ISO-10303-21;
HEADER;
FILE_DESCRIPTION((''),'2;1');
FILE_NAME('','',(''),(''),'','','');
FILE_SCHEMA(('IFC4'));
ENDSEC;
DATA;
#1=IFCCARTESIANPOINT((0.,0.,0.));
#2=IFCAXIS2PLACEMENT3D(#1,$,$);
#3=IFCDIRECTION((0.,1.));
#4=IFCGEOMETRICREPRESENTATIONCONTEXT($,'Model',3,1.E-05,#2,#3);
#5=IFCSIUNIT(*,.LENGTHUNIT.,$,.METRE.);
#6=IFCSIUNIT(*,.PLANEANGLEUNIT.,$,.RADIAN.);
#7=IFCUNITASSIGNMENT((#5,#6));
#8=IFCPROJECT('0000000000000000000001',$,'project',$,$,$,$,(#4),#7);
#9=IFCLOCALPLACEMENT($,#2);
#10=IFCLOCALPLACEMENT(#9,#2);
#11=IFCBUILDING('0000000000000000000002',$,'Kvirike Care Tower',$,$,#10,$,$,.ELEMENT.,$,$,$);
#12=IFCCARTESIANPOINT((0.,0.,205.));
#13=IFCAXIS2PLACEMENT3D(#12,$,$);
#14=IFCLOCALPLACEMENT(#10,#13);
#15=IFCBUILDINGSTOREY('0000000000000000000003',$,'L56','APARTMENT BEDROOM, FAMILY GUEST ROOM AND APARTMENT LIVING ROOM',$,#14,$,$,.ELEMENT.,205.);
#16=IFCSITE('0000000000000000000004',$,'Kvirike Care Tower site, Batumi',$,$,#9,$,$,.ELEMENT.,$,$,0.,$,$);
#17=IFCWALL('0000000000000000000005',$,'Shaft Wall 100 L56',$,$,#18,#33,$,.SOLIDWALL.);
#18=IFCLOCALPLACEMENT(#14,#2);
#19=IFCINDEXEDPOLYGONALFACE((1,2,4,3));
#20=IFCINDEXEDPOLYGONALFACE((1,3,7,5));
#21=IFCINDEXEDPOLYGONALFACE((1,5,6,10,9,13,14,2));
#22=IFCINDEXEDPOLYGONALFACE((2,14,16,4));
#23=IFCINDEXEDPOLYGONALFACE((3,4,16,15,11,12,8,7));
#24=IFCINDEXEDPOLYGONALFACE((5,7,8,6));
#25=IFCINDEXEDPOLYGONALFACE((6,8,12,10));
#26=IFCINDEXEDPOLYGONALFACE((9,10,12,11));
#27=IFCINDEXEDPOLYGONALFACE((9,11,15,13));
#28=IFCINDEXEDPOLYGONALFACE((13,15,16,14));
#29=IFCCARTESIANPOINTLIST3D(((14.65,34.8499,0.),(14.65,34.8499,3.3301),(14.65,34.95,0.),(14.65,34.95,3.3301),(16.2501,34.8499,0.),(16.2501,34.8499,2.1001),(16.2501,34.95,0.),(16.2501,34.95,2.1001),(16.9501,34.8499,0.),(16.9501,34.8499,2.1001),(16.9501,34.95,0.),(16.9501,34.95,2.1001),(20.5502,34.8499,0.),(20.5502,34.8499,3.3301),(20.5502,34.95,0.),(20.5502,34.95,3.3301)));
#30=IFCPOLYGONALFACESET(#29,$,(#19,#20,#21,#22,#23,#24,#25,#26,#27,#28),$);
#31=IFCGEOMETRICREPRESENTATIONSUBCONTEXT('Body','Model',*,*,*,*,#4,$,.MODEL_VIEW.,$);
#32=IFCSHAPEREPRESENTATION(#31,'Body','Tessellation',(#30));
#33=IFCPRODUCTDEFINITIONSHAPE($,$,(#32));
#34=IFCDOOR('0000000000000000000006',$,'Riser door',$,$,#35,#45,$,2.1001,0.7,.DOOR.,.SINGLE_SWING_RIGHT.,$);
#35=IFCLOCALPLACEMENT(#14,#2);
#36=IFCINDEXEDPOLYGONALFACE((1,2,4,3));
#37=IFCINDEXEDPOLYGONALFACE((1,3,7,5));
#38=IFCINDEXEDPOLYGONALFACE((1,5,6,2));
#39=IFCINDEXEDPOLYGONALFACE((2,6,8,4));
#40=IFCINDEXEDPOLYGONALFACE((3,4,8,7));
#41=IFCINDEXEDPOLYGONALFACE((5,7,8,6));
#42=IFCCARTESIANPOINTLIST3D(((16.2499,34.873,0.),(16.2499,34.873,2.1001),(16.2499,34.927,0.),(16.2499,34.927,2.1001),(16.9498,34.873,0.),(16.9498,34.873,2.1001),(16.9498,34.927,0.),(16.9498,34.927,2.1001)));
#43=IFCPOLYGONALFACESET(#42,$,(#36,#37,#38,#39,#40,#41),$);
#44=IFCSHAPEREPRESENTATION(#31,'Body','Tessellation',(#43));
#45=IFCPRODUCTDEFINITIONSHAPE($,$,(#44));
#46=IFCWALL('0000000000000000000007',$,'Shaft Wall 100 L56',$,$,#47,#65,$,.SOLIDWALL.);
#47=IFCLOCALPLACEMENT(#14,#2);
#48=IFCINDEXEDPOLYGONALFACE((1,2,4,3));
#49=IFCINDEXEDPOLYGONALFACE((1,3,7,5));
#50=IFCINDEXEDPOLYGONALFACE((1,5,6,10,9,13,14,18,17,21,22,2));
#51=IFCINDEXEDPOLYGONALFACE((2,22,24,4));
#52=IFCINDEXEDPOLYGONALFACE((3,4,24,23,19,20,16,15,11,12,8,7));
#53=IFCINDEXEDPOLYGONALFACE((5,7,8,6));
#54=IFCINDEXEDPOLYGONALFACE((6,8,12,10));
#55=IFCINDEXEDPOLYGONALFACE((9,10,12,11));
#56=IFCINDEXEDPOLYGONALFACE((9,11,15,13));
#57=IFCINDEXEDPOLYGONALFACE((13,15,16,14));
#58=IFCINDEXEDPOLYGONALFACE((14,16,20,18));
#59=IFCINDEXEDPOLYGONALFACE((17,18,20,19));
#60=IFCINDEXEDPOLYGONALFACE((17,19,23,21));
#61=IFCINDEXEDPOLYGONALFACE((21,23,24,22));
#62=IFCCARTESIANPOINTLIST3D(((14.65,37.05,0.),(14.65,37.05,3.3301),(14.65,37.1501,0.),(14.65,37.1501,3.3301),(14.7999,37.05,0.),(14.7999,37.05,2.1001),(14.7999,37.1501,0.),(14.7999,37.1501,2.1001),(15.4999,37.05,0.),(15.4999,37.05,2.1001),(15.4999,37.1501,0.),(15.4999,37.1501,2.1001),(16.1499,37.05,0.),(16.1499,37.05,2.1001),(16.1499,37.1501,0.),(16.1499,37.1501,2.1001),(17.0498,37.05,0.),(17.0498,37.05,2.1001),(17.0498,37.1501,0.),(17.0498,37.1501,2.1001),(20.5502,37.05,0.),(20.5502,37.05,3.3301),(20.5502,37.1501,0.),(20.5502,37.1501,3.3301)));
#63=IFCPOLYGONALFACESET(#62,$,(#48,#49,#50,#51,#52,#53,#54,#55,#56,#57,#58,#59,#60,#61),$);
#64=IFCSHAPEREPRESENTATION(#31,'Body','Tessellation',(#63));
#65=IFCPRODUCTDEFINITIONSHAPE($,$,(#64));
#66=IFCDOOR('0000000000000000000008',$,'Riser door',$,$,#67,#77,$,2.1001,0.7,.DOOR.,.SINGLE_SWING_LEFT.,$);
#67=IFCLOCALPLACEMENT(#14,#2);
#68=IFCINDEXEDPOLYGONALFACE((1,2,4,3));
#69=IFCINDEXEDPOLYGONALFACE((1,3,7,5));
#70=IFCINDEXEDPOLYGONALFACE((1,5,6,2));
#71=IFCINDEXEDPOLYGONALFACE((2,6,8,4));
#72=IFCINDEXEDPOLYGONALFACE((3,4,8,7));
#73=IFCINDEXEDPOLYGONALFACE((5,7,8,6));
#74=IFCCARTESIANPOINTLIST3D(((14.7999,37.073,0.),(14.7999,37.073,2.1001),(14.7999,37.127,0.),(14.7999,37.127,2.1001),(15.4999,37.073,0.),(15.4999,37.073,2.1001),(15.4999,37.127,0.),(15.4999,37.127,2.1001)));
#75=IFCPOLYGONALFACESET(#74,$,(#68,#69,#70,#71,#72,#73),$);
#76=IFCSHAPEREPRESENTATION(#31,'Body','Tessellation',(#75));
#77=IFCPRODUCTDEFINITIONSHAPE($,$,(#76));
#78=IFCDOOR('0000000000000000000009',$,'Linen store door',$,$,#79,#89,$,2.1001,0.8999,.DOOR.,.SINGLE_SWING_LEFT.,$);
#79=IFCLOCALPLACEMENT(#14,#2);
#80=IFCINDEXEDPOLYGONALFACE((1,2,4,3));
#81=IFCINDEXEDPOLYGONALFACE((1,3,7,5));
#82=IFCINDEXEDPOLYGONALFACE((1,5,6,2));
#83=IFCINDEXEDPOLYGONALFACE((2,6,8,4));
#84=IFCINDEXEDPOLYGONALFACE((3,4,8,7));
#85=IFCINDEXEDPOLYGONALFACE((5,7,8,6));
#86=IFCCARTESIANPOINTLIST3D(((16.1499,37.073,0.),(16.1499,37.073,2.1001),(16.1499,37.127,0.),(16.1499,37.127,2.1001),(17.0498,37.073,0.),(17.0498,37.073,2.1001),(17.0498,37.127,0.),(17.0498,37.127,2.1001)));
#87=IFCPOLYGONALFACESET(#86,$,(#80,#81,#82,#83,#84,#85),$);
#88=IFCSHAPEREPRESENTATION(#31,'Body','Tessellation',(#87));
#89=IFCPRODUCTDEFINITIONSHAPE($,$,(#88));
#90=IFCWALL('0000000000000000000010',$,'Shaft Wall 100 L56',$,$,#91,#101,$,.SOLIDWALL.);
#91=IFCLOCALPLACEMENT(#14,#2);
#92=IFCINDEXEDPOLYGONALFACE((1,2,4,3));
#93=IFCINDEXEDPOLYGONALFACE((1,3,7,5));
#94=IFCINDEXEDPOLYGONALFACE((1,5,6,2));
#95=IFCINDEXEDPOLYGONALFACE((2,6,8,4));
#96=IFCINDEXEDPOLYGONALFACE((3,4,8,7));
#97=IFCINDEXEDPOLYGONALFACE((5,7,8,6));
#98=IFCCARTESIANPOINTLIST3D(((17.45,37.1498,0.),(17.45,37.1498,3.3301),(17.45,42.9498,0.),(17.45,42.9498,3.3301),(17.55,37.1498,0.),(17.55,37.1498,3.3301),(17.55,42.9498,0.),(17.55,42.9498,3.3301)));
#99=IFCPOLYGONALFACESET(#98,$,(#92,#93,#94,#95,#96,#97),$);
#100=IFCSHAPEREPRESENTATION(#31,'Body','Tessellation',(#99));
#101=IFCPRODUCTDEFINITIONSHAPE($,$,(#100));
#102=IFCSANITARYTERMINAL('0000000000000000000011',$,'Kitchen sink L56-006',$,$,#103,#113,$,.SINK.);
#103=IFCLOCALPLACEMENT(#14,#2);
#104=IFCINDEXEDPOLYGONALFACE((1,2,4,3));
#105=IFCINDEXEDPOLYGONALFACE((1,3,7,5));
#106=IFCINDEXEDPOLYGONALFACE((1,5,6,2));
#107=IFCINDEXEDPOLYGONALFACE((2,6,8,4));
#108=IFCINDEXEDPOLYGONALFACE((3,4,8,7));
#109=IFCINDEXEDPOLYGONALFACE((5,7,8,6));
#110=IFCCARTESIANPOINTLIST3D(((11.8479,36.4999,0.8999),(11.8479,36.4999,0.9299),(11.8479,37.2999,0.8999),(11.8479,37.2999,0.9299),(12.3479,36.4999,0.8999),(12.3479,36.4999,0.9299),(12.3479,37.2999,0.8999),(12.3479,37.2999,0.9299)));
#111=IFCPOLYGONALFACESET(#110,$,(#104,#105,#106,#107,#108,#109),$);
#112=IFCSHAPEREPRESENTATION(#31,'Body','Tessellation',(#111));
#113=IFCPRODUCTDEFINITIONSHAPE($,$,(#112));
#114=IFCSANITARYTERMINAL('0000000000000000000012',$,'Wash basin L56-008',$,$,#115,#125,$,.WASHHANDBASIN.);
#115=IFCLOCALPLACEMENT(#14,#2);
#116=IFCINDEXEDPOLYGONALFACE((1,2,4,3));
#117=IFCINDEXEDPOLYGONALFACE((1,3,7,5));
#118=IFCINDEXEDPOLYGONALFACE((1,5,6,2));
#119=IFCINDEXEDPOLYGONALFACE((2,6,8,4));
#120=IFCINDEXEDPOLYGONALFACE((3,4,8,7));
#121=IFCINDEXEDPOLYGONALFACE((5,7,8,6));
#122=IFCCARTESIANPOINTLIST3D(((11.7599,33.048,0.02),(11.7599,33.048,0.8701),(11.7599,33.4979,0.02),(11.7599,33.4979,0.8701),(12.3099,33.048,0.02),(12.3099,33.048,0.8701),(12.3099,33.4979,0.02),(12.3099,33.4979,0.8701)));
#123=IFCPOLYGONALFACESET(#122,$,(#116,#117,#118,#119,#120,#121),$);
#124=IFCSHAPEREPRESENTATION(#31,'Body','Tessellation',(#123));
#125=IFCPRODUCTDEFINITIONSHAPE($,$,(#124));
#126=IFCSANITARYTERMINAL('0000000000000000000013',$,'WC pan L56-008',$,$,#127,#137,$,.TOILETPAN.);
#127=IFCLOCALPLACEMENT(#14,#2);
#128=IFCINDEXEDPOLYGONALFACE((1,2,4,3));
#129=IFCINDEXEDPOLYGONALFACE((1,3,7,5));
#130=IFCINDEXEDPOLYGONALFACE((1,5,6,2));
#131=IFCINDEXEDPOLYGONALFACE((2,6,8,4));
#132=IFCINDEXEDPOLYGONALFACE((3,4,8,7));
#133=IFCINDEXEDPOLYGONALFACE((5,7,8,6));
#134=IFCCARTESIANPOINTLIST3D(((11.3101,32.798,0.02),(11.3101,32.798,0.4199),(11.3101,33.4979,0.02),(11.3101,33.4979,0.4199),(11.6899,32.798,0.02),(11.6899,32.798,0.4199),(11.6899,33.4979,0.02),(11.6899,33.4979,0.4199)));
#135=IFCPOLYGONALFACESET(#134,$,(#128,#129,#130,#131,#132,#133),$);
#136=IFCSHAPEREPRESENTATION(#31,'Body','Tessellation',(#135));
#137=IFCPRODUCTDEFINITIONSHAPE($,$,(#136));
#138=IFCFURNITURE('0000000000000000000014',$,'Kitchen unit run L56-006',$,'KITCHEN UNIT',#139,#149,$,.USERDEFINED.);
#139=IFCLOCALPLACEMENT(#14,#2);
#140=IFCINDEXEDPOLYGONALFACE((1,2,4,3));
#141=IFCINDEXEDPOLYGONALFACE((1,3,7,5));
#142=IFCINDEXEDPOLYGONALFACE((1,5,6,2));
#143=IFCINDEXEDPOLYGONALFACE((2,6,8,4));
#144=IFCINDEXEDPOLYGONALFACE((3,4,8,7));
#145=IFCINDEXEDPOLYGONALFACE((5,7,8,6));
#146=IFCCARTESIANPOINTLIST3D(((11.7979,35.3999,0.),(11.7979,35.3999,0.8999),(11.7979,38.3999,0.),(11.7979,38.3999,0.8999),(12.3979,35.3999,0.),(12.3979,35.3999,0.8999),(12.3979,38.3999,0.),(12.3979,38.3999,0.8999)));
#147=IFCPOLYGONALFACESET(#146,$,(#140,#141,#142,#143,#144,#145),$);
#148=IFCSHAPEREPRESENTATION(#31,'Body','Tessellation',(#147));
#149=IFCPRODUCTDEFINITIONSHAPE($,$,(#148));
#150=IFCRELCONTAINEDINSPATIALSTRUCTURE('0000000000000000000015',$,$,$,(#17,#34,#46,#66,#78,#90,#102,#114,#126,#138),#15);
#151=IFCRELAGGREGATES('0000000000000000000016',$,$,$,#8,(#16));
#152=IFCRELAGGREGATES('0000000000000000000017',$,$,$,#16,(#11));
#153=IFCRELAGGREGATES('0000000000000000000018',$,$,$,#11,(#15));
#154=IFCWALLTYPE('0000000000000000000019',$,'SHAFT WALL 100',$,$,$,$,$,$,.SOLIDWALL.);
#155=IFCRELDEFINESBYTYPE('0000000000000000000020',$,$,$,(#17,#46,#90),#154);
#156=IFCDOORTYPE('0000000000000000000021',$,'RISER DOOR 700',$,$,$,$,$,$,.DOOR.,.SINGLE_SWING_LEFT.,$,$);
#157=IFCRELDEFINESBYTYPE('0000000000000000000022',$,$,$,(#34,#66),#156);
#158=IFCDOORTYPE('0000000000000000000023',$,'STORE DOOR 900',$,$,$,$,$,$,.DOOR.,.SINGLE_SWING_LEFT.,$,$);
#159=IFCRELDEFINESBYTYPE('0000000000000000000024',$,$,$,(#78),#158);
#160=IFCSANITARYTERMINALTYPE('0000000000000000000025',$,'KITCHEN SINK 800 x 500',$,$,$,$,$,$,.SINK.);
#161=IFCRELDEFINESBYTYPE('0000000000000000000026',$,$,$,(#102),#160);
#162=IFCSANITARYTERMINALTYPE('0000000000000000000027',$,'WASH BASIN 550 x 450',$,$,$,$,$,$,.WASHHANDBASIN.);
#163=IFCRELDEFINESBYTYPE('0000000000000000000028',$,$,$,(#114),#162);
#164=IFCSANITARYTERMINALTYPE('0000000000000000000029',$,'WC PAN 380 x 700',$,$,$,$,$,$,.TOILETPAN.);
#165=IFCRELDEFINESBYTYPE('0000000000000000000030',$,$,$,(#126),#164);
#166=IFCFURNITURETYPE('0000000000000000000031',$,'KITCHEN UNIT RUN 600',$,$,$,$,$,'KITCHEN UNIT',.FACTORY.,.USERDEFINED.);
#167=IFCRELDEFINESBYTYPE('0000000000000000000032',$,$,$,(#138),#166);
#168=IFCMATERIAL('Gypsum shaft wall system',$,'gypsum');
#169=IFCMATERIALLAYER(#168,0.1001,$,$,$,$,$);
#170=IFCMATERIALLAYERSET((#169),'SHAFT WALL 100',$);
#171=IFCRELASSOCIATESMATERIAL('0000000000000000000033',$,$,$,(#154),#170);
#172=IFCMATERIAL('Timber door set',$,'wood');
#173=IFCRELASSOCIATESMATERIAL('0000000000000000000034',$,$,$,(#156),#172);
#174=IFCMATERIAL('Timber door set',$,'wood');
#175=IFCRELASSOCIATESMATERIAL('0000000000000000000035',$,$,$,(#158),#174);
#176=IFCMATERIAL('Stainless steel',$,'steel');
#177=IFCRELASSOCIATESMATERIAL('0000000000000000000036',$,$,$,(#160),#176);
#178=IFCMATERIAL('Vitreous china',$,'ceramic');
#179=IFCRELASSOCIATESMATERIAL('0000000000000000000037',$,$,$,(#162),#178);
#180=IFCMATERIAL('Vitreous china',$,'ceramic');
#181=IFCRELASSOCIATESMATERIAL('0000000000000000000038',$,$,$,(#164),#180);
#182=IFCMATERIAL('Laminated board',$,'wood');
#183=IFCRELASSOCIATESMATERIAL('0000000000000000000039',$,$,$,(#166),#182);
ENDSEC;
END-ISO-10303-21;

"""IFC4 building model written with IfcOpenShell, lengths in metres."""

from ifc_helpers import new_model, si_unit, direction, frame, frame_2d, origin, origin_2d, place, context, subcontext, project, spatial, rectangle, extrude, material, layer, layer_set, type_object, element, fill, save


model = new_model("IFC4")

# Units and contexts
model_context = context("Model", 3, precision=1e-05, world=origin(), true_north=direction((0.0, 1.0)))
body_context = subcontext(model_context, "Body", "Model", "MODEL_VIEW")
ifc_project = project(units=[si_unit("LENGTHUNIT", "METRE"), si_unit("PLANEANGLEUNIT", "RADIAN")], contexts=[model_context])

# Site, building, storey
site_placement = place(None, origin())
site = spatial("IfcSite", under=ifc_project, at=site_placement, Name="Kvirike Care Tower site, Batumi", CompositionType="ELEMENT", RefElevation=0.0)
building_placement = place(site_placement, origin())
building = spatial("IfcBuilding", under=site, at=building_placement, Name="Kvirike Care Tower", CompositionType="ELEMENT")
storey_placement = place(building_placement, frame((0.0, 0.0, 205.0)))
storey = spatial("IfcBuildingStorey", under=building, at=storey_placement, Name="L56", Description="APARTMENT BEDROOM, FAMILY GUEST ROOM AND APARTMENT LIVING ROOM", CompositionType="ELEMENT", Elevation=205.0)

# Shared definitions
ifc_material_1 = material(Name="Gypsum shaft wall system", Category="gypsum")
ifc_layer_1 = layer(ifc_material_1, 0.1001)
ifc_layer_set_1 = layer_set([ifc_layer_1], Name="SHAFT WALL 100")
wall_type_1 = type_object("IfcWallType", Name="SHAFT WALL 100", PredefinedType="SOLIDWALL", material=ifc_layer_set_1)

# Wall, opening, door
wall_1_placement = place(storey_placement, frame((14.6499, 34.8999, 0.0), z_axis=(0.0, 0.0, 1.0), x_axis=(1.0, 0.0, 0.0)))
wall_1 = element("IfcWall", 1, at=wall_1_placement, inside=storey, type_object=wall_type_1, Name="Shaft Wall 100 L56", PredefinedType="SOLIDWALL", context=body_context, shape_type="SweptSolid", body=[
    extrude(rectangle(XDim=5.9001, YDim=0.1001, at=frame_2d((2.9502, 0.0))), origin(), (0.0, 0.0, 1.0), 3.3301),
])
opening_1_placement = place(wall_1_placement, frame((1.6001, 0.0, 0.0)))
opening_1 = element("IfcOpeningElement", 2, at=opening_1_placement, cuts=wall_1, PredefinedType="OPENING", context=body_context, shape_type="SweptSolid", body=[
    extrude(rectangle(XDim=0.7, YDim=2.1001, at=frame_2d((0.3501, 1.05))), frame((0.0, 0.0605, 0.0), z_axis=(0.0, -1.0, 0.0), x_axis=(1.0, 0.0, 0.0)), (0.0, 0.0, 1.0), 0.1211),
])
ifc_material_2 = material(Name="Timber door set", Category="wood")
door_type_1 = type_object("IfcDoorType", Name="RISER DOOR 700", OperationType="SINGLE_SWING_LEFT", PredefinedType="DOOR", material=ifc_material_2)
door_1_placement = place(opening_1_placement, frame((0.7, 0.0, 0.0), z_axis=(0.0, 0.0, 1.0), x_axis=(-1.0, 0.0, 0.0)))
door_1 = element("IfcDoor", 3, at=door_1_placement, inside=storey, type_object=door_type_1, Name="Riser door", OperationType="SINGLE_SWING_RIGHT", OverallHeight=2.1001, OverallWidth=0.7, PredefinedType="DOOR", context=body_context, shape_type="SweptSolid", body=[
    extrude(rectangle(XDim=0.7, YDim=2.1001, at=frame_2d((0.3501, 1.05))), frame((0.0, 0.0269, 0.0), z_axis=(0.0, -1.0, 0.0), x_axis=(1.0, 0.0, 0.0)), (0.0, 0.0, 1.0), 0.054),
])
fill(opening_1, door_1)

# Wall, openings, doors
wall_2_placement = place(storey_placement, frame((14.6499, 37.1001, 0.0), z_axis=(0.0, 0.0, 1.0), x_axis=(1.0, 0.0, 0.0)))
wall_2 = element("IfcWall", 4, at=wall_2_placement, inside=storey, type_object=wall_type_1, Name="Shaft Wall 100 L56", PredefinedType="SOLIDWALL", context=body_context, shape_type="SweptSolid", body=[
    extrude(rectangle(XDim=5.9001, YDim=0.1001, at=frame_2d((2.9502, 0.0))), origin(), (0.0, 0.0, 1.0), 3.3301),
])
opening_2_placement = place(wall_2_placement, frame((0.1499, 0.0, 0.0)))
opening_2 = element("IfcOpeningElement", 5, at=opening_2_placement, cuts=wall_2, PredefinedType="OPENING", context=body_context, shape_type="SweptSolid", body=[
    extrude(rectangle(XDim=0.7, YDim=2.1001, at=frame_2d((0.3501, 1.05))), frame((0.0, 0.0605, 0.0), z_axis=(0.0, -1.0, 0.0), x_axis=(1.0, 0.0, 0.0)), (0.0, 0.0, 1.0), 0.1211),
])
opening_3_placement = place(wall_2_placement, frame((1.5, 0.0, 0.0)))
opening_3 = element("IfcOpeningElement", 6, at=opening_3_placement, cuts=wall_2, PredefinedType="OPENING", context=body_context, shape_type="SweptSolid", body=[
    extrude(rectangle(XDim=0.8999, YDim=2.1001, at=frame_2d((0.45, 1.05))), frame((0.0, 0.0605, 0.0), z_axis=(0.0, -1.0, 0.0), x_axis=(1.0, 0.0, 0.0)), (0.0, 0.0, 1.0), 0.1211),
])
door_2_placement = place(opening_2_placement, origin())
door_2 = element("IfcDoor", 7, at=door_2_placement, inside=storey, type_object=door_type_1, Name="Riser door", OperationType="SINGLE_SWING_LEFT", OverallHeight=2.1001, OverallWidth=0.7, PredefinedType="DOOR", context=body_context, shape_type="SweptSolid", body=[
    extrude(rectangle(XDim=0.7, YDim=2.1001, at=frame_2d((0.3501, 1.05))), frame((0.0, 0.0269, 0.0), z_axis=(0.0, -1.0, 0.0), x_axis=(1.0, 0.0, 0.0)), (0.0, 0.0, 1.0), 0.054),
])
fill(opening_2, door_2)
ifc_material_3 = material(Name="Timber door set", Category="wood")
door_type_2 = type_object("IfcDoorType", Name="STORE DOOR 900", OperationType="SINGLE_SWING_LEFT", PredefinedType="DOOR", material=ifc_material_3)
door_3_placement = place(opening_3_placement, origin())
door_3 = element("IfcDoor", 8, at=door_3_placement, inside=storey, type_object=door_type_2, Name="Linen store door", OperationType="SINGLE_SWING_LEFT", OverallHeight=2.1001, OverallWidth=0.8999, PredefinedType="DOOR", context=body_context, shape_type="SweptSolid", body=[
    extrude(rectangle(XDim=0.8999, YDim=2.1001, at=frame_2d((0.45, 1.05))), frame((0.0, 0.0269, 0.0), z_axis=(0.0, -1.0, 0.0), x_axis=(1.0, 0.0, 0.0)), (0.0, 0.0, 1.0), 0.054),
])
fill(opening_3, door_3)

# Wall
wall_3_placement = place(storey_placement, frame((17.5, 37.1499, 0.0), z_axis=(0.0, 0.0, 1.0), x_axis=(0.0, 1.0, 0.0)))
element("IfcWall", 9, at=wall_3_placement, inside=storey, type_object=wall_type_1, Name="Shaft Wall 100 L56", PredefinedType="SOLIDWALL", context=body_context, shape_type="SweptSolid", body=[
    extrude(rectangle(XDim=5.8, YDim=0.1001, at=frame_2d((2.8999, 0.0))), origin(), (0.0, 0.0, 1.0), 3.3301),
])

# Sanitary terminals
ifc_material_4 = material(Name="Stainless steel", Category="steel")
sanitary_terminal_type_1 = type_object("IfcSanitaryTerminalType", Name="KITCHEN SINK 800 x 500", PredefinedType="SINK", material=ifc_material_4)
sanitary_terminal_1_placement = place(storey_placement, frame((12.0979, 36.8999, 0.8999), z_axis=(0.0, 0.0, 1.0), x_axis=(0.0, -1.0, 0.0)))
element("IfcSanitaryTerminal", 10, at=sanitary_terminal_1_placement, inside=storey, type_object=sanitary_terminal_type_1, Name="Kitchen sink L56-006", PredefinedType="SINK", context=body_context, shape_type="SweptSolid", body=[
    extrude(rectangle(XDim=0.8, YDim=0.5, at=origin_2d()), origin(), (0.0, 0.0, 1.0), 0.03),
])
ifc_material_5 = material(Name="Vitreous china", Category="ceramic")
sanitary_terminal_type_2 = type_object("IfcSanitaryTerminalType", Name="WASH BASIN 550 x 450", PredefinedType="WASHHANDBASIN", material=ifc_material_5)
sanitary_terminal_2_placement = place(storey_placement, frame((12.0349, 33.2729, 0.02), z_axis=(0.0, 0.0, 1.0), x_axis=(1.0, 0.0, 0.0)))
element("IfcSanitaryTerminal", 11, at=sanitary_terminal_2_placement, inside=storey, type_object=sanitary_terminal_type_2, Name="Wash basin L56-008", PredefinedType="WASHHANDBASIN", context=body_context, shape_type="SweptSolid", body=[
    extrude(rectangle(XDim=0.55, YDim=0.45, at=origin_2d()), origin(), (0.0, 0.0, 1.0), 0.8501),
])
ifc_material_6 = material(Name="Vitreous china", Category="ceramic")
sanitary_terminal_type_3 = type_object("IfcSanitaryTerminalType", Name="WC PAN 380 x 700", PredefinedType="TOILETPAN", material=ifc_material_6)
sanitary_terminal_3_placement = place(storey_placement, frame((11.5, 33.1479, 0.02), z_axis=(0.0, 0.0, 1.0), x_axis=(1.0, 0.0, 0.0)))
element("IfcSanitaryTerminal", 12, at=sanitary_terminal_3_placement, inside=storey, type_object=sanitary_terminal_type_3, Name="WC pan L56-008", PredefinedType="TOILETPAN", context=body_context, shape_type="SweptSolid", body=[
    extrude(rectangle(XDim=0.3799, YDim=0.7, at=origin_2d()), origin(), (0.0, 0.0, 1.0), 0.3999),
])

# Furniture
ifc_material_7 = material(Name="Laminated board", Category="wood")
furniture_type = type_object("IfcFurnitureType", Name="KITCHEN UNIT RUN 600", ElementType="KITCHEN UNIT", AssemblyPlace="FACTORY", PredefinedType="USERDEFINED", material=ifc_material_7)
furniture_placement = place(storey_placement, frame((12.0979, 36.8999, 0.0), z_axis=(0.0, 0.0, 1.0), x_axis=(0.0, -1.0, 0.0)))
element("IfcFurniture", 13, at=furniture_placement, inside=storey, type_object=furniture_type, Name="Kitchen unit run L56-006", ObjectType="KITCHEN UNIT", PredefinedType="USERDEFINED", context=body_context, shape_type="SweptSolid", body=[
    extrude(rectangle(XDim=3.0, YDim=0.6001, at=origin_2d()), origin(), (0.0, 0.0, 1.0), 0.8999),
])

save(model, "model.ifc")
